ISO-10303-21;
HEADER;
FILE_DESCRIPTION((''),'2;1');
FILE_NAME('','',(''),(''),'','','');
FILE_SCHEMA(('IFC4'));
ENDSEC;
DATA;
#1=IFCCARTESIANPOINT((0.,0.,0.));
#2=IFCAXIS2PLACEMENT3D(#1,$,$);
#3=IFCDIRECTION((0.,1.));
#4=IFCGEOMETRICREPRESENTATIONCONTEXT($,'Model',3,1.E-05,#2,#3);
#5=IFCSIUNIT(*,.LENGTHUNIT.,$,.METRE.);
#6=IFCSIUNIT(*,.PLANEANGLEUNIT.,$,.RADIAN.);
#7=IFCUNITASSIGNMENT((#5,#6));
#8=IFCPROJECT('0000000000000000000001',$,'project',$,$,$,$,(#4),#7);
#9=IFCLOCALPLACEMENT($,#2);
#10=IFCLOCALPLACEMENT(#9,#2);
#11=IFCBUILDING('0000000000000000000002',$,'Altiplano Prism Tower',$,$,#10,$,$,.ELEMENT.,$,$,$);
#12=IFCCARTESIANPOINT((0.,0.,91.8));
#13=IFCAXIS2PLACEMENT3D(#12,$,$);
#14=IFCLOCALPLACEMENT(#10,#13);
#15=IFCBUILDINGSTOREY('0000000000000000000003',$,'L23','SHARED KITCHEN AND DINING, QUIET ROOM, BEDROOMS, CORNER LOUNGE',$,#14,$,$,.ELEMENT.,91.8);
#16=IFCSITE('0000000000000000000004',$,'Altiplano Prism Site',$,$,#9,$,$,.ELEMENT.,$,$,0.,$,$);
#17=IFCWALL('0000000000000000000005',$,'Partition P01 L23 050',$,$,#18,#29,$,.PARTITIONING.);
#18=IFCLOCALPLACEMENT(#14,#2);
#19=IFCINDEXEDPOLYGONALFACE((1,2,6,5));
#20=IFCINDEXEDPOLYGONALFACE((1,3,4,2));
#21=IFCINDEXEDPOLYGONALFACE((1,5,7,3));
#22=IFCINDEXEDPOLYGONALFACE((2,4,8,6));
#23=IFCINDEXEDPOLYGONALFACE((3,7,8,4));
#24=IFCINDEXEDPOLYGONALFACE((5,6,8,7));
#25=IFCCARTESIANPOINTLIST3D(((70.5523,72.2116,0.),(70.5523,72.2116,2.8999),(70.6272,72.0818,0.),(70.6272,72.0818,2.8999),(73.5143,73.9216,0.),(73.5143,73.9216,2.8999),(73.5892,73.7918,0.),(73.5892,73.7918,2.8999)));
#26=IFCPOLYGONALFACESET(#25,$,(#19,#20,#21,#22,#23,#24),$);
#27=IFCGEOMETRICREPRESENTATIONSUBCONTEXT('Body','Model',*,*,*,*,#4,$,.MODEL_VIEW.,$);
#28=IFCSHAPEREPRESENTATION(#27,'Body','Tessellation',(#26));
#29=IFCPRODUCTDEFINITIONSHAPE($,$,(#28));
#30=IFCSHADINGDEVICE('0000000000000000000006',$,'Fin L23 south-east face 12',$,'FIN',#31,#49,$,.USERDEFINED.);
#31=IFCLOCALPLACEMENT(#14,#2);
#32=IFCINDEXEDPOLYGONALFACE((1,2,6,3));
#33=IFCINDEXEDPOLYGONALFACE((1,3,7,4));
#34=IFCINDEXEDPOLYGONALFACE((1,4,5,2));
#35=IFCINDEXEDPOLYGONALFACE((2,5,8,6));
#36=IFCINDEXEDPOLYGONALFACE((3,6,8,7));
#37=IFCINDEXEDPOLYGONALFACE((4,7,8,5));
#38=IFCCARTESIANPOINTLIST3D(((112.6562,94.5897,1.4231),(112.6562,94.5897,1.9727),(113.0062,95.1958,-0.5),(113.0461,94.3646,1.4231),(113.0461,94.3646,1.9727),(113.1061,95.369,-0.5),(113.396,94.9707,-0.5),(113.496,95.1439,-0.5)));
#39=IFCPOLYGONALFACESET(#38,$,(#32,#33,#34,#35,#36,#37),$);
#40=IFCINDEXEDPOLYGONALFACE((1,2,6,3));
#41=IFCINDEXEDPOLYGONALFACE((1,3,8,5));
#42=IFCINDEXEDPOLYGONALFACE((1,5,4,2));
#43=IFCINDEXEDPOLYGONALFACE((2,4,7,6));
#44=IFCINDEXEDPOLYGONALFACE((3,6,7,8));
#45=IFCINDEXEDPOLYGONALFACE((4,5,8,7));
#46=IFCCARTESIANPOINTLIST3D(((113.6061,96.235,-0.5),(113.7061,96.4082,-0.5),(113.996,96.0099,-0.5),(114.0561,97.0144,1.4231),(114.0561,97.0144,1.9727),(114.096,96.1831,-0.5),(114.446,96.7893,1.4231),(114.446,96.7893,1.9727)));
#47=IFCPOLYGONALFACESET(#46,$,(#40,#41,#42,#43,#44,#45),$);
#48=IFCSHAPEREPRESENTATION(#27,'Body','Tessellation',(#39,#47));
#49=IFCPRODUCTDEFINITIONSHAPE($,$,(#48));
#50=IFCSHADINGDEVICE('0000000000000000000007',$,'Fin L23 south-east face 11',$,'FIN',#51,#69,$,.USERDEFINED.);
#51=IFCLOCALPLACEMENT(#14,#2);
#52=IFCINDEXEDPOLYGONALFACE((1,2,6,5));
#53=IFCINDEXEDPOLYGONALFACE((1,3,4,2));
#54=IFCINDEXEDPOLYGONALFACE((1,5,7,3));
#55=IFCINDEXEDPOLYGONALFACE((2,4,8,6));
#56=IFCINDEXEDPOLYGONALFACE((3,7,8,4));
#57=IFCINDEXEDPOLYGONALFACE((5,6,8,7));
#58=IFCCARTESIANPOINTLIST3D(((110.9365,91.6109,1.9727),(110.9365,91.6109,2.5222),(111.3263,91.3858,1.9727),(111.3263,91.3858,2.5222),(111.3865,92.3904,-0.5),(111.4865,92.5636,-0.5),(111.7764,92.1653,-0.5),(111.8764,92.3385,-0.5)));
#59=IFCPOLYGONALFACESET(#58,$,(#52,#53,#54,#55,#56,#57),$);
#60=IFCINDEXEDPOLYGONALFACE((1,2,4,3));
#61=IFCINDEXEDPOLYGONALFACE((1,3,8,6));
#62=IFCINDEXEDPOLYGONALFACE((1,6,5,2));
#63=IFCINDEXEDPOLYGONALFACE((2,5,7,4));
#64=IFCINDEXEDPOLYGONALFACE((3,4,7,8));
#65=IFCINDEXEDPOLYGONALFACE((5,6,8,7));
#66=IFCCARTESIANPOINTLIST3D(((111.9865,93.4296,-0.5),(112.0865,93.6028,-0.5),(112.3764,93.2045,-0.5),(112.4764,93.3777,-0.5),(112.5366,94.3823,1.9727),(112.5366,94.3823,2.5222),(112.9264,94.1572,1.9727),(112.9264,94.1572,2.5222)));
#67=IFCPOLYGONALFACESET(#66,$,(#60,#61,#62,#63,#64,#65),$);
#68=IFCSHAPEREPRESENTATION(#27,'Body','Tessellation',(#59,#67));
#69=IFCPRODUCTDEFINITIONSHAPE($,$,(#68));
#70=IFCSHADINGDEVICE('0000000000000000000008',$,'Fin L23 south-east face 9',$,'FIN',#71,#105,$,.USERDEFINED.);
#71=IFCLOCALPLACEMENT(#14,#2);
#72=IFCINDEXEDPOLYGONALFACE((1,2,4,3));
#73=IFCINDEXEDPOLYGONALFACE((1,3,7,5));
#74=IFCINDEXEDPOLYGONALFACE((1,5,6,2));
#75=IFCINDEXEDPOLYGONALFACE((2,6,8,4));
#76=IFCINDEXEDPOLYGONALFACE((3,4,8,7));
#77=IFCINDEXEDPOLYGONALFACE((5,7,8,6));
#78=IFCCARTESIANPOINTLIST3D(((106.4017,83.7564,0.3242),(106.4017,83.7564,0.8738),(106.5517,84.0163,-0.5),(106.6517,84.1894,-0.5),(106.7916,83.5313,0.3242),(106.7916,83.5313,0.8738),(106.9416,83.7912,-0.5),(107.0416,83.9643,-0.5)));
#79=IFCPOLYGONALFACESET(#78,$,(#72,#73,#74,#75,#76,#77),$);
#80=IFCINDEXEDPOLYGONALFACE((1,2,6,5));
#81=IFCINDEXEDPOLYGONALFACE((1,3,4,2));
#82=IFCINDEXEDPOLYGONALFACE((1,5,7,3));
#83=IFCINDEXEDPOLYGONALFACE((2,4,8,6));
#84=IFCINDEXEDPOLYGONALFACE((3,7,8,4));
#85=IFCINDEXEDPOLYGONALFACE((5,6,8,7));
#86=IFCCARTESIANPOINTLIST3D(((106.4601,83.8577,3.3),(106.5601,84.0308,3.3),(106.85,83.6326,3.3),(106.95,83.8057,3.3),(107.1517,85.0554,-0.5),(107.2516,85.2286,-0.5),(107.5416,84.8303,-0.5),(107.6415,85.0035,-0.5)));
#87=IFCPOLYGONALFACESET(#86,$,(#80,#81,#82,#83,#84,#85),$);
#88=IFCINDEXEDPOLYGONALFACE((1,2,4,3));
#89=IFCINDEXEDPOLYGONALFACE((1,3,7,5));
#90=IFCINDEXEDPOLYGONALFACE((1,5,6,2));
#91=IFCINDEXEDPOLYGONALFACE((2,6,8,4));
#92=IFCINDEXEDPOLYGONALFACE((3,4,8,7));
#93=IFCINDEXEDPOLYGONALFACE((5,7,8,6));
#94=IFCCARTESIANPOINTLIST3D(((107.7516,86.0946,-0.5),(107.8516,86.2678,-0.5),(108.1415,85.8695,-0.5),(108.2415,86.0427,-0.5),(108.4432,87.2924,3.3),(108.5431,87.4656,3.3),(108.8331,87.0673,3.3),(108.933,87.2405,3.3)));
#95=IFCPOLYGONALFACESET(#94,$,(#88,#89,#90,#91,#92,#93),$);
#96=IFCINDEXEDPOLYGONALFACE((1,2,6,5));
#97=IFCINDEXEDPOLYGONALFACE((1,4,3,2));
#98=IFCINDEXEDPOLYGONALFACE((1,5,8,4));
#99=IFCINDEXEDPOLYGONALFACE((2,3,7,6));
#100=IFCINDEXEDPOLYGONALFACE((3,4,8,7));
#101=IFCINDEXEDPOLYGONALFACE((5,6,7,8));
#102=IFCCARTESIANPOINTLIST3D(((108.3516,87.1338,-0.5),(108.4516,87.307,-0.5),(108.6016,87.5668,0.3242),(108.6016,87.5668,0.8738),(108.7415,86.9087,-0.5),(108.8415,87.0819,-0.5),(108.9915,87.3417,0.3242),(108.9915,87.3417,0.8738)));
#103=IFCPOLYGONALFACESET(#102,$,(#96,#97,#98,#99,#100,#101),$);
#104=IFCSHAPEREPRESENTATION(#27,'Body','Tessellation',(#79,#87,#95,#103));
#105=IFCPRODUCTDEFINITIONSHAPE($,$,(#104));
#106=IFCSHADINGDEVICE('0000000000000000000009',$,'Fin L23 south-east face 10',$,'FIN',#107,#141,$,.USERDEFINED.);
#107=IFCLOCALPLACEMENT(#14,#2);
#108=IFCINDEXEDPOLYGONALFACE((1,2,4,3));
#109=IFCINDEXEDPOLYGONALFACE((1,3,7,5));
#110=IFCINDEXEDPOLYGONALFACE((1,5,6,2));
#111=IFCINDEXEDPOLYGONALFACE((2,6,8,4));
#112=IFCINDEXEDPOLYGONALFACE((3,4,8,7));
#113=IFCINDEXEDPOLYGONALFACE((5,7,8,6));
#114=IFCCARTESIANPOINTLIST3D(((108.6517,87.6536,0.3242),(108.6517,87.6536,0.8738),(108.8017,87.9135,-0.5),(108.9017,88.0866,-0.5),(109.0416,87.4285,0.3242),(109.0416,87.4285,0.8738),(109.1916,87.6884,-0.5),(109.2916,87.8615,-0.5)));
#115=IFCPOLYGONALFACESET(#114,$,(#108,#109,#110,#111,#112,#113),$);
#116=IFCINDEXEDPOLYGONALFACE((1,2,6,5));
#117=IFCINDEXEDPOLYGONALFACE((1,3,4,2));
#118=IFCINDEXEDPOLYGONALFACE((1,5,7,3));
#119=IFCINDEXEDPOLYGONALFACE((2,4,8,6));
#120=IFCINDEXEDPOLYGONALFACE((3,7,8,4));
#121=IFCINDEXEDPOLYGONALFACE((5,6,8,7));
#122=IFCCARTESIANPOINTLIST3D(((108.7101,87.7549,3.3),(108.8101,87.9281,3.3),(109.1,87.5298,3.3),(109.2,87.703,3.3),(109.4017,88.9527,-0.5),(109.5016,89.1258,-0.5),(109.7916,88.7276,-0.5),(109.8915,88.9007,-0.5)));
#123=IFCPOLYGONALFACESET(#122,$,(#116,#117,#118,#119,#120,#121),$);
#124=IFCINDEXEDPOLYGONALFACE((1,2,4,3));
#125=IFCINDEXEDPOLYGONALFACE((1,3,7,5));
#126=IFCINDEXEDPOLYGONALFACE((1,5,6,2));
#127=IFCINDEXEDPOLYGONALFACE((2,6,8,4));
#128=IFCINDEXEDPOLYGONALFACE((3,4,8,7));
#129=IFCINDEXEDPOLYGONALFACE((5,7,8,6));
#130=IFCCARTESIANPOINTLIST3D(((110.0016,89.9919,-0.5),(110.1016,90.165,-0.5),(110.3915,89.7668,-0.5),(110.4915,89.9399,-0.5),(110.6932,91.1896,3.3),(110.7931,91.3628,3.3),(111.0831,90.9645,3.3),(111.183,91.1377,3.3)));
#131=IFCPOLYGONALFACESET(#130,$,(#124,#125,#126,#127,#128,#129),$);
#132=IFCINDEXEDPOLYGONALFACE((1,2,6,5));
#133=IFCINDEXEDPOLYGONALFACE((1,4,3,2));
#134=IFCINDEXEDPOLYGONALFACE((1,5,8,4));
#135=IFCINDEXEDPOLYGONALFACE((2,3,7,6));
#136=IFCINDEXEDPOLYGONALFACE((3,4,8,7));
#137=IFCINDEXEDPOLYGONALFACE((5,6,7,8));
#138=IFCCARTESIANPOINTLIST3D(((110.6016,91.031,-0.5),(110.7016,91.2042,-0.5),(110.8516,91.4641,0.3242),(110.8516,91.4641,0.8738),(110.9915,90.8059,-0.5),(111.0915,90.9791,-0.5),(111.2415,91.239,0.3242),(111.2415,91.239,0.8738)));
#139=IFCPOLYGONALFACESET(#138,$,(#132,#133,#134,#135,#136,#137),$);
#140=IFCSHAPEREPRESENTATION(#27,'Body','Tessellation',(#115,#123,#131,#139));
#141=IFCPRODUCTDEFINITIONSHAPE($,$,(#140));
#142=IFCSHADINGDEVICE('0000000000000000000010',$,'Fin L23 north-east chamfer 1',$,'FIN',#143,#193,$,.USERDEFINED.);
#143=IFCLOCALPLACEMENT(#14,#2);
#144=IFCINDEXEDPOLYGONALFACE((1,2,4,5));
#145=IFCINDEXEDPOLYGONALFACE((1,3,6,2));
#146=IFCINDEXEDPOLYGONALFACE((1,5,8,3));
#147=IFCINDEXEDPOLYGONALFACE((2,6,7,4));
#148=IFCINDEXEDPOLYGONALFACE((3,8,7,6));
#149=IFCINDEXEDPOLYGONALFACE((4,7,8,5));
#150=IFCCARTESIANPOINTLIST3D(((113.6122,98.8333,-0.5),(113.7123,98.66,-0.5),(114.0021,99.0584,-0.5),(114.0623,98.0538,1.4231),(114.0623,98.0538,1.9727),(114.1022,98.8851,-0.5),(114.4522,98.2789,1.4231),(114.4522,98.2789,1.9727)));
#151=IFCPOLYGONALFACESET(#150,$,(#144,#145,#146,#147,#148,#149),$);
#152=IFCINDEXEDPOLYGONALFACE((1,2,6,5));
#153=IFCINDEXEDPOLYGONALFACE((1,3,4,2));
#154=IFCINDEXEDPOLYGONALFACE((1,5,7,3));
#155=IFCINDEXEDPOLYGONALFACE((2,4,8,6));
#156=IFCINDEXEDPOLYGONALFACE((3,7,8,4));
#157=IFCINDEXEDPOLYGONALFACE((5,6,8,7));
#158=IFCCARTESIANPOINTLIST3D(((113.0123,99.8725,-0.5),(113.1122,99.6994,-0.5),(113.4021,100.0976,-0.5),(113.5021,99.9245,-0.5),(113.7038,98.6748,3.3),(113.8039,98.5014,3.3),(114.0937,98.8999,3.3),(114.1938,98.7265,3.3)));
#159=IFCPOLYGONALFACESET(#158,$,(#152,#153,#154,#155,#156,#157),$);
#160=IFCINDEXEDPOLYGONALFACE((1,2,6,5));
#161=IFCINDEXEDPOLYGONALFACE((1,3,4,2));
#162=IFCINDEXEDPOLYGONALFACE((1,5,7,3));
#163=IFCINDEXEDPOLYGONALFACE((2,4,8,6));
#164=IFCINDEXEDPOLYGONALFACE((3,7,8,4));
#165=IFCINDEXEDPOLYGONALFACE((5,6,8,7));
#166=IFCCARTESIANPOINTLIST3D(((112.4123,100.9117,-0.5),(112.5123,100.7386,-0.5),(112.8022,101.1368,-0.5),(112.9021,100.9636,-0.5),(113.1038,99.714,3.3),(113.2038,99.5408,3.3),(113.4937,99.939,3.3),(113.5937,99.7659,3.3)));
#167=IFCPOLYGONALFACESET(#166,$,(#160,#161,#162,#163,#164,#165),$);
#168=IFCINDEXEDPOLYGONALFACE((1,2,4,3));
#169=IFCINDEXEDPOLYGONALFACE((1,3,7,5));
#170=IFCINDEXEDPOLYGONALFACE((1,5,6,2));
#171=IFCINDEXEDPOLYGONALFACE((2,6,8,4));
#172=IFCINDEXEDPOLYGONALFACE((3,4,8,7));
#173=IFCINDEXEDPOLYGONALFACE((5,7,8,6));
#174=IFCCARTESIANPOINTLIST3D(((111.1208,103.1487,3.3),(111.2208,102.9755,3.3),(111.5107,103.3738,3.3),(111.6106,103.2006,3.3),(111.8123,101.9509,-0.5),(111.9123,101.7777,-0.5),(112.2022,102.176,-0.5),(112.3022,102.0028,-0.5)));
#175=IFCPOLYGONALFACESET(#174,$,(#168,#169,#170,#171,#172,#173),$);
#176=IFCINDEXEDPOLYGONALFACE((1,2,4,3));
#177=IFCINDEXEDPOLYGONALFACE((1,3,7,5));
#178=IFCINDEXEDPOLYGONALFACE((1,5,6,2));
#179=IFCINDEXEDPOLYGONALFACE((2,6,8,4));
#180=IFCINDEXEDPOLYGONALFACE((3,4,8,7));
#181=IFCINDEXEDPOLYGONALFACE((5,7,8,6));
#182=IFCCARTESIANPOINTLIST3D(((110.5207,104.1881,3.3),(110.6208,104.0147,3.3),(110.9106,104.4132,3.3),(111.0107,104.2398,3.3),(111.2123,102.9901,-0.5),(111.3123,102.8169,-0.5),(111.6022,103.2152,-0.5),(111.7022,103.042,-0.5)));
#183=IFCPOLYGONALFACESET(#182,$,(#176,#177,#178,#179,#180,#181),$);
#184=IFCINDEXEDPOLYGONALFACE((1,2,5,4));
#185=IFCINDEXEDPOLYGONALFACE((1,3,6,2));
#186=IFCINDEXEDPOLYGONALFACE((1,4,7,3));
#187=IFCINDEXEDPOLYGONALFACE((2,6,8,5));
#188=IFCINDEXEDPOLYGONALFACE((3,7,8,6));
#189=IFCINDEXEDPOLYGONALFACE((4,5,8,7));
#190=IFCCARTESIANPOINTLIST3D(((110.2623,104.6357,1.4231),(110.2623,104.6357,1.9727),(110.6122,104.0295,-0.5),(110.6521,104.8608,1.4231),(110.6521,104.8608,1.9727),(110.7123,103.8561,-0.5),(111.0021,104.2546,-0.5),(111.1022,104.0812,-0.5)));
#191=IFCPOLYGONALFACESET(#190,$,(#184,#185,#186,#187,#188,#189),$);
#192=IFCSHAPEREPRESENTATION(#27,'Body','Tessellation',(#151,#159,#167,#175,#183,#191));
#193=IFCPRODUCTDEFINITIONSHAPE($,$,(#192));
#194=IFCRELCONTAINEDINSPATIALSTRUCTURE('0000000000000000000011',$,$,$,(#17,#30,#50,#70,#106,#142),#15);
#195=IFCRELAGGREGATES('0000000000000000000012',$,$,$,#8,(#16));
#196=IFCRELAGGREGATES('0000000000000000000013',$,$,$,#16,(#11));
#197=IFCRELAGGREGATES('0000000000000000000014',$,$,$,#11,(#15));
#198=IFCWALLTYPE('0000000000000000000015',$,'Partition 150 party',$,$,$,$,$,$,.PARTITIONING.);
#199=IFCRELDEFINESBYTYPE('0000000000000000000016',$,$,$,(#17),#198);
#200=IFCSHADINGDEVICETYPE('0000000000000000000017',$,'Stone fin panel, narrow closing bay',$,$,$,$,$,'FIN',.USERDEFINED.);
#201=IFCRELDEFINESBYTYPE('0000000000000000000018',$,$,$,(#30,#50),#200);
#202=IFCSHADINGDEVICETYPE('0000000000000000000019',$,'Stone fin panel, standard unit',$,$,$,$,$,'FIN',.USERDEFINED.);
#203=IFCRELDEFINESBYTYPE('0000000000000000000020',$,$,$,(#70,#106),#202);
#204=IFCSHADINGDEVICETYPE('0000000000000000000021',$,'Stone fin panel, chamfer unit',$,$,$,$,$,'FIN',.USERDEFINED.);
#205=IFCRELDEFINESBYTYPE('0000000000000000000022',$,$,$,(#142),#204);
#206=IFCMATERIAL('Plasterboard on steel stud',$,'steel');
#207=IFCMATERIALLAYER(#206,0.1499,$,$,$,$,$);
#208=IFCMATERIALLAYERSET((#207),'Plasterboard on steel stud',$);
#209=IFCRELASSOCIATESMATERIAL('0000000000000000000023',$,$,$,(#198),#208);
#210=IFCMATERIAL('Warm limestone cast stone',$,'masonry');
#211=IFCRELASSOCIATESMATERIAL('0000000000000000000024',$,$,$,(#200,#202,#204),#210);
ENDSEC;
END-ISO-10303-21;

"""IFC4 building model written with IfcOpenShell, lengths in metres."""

from ifc_helpers import new_model, si_unit, direction, frame, frame_2d, origin, place, context, subcontext, project, spatial, polyline, rectangle, outline, extrude, source, transform, mapped, material, layer, layer_set, type_object, element, save


model = new_model("IFC4")

# Units and contexts
model_context = context("Model", 3, precision=1e-05, world=origin(), true_north=direction((0.0, 1.0)))
body_context = subcontext(model_context, "Body", "Model", "MODEL_VIEW")
ifc_project = project(units=[si_unit("LENGTHUNIT", "METRE"), si_unit("PLANEANGLEUNIT", "RADIAN")], contexts=[model_context])

# Site, building, storey
site_placement = place(None, origin())
site = spatial("IfcSite", under=ifc_project, at=site_placement, Name="Altiplano Prism Site", CompositionType="ELEMENT", RefElevation=0.0)
building_placement = place(site_placement, origin())
building = spatial("IfcBuilding", under=site, at=building_placement, Name="Altiplano Prism Tower", CompositionType="ELEMENT")
storey_placement = place(building_placement, frame((0.0, 0.0, 91.8)))
storey = spatial("IfcBuildingStorey", under=building, at=storey_placement, Name="L23", Description="SHARED KITCHEN AND DINING, QUIET ROOM, BEDROOMS, CORNER LOUNGE", CompositionType="ELEMENT", Elevation=91.8)

# Wall
ifc_material_1 = material(Name="Plasterboard on steel stud", Category="steel")
ifc_layer_1 = layer(ifc_material_1, 0.1499)
ifc_layer_set_1 = layer_set([ifc_layer_1], Name="Plasterboard on steel stud")
wall_type = type_object("IfcWallType", Name="Partition 150 party", PredefinedType="PARTITIONING", material=ifc_layer_set_1)
wall_placement = place(storey_placement, frame((70.5898, 72.1467, 0.0), z_axis=(0.0, 0.0, 1.0), x_axis=(0.866038, 0.499978, 0.0)))
element("IfcWall", 1, at=wall_placement, inside=storey, type_object=wall_type, Name="Partition P01 L23 050", PredefinedType="PARTITIONING", context=body_context, shape_type="SweptSolid", body=[
    extrude(rectangle(XDim=3.4202, YDim=0.1499, at=frame_2d((1.71, 0.0))), origin(), (0.0, 0.0, 1.0), 2.8999),
])

# Shading devices
ifc_material_2 = material(Name="Warm limestone cast stone", Category="masonry")
shading_device_type_1 = type_object("IfcShadingDeviceType", Name="Stone fin panel, narrow closing bay", ElementType="FIN", PredefinedType="USERDEFINED", material=ifc_material_2)
shared_shape_1 = source(origin(), body_context, "Body", "SweptSolid", [
    extrude(outline(polyline([(-1.3999, 2.4727), (-1.3999, 1.9231), (-0.7, 0.0), (-0.5, 0.0), (-1.3999, 2.4727)])), frame((0.0, -0.1499, 0.0), z_axis=(0.0, -1.0, 0.0), x_axis=(1.0, 0.0, 0.0)), (0.0, 0.0, 1.0), 0.4502),
    extrude(outline(polyline([(1.3999, 1.9231), (1.3999, 2.4727), (0.5, 0.0), (0.7, 0.0), (1.3999, 1.9231)])), frame((0.0, -0.1499, 0.0), z_axis=(0.0, -1.0, 0.0), x_axis=(1.0, 0.0, 0.0)), (0.0, 0.0, 1.0), 0.4502),
])
shading_device_1_placement = place(storey_placement, origin())
element("IfcShadingDevice", 2, at=shading_device_1_placement, inside=storey, type_object=shading_device_type_1, Name="Fin L23 south-east face 12", ObjectType="FIN", PredefinedType="USERDEFINED", context=body_context, shape_type="MappedRepresentation", body=[
    mapped(shared_shape_1, transform((113.2263, 95.877, -0.5), x_axis=(0.5, 0.866025, 0.0), y_axis=(-0.866025, 0.5, 0.0), z_axis=(0.0, 0.0, 1.0))),
])
shared_shape_2 = source(origin(), body_context, "Body", "SweptSolid", [
    extrude(outline(polyline([(-1.6001, 3.0222), (-1.6001, 2.4727), (-0.7, 0.0), (-0.5, 0.0), (-1.6001, 3.0222)])), frame((0.0, -0.1499, 0.0), z_axis=(0.0, -1.0, 0.0), x_axis=(1.0, 0.0, 0.0)), (0.0, 0.0, 1.0), 0.4502),
    extrude(outline(polyline([(1.6001, 2.4727), (1.6001, 3.0222), (0.5, 0.0), (0.7, 0.0), (1.6001, 2.4727)])), frame((0.0, -0.1499, 0.0), z_axis=(0.0, -1.0, 0.0), x_axis=(1.0, 0.0, 0.0)), (0.0, 0.0, 1.0), 0.4502),
])
shading_device_2_placement = place(storey_placement, origin())
element("IfcShadingDevice", 3, at=shading_device_2_placement, inside=storey, type_object=shading_device_type_1, Name="Fin L23 south-east face 11", ObjectType="FIN", PredefinedType="USERDEFINED", context=body_context, shape_type="MappedRepresentation", body=[
    mapped(shared_shape_2, transform((111.6067, 93.0715, -0.5), x_axis=(0.5, 0.866025, 0.0), y_axis=(-0.866025, 0.5, 0.0), z_axis=(0.0, 0.0, 1.0))),
])
shading_device_type_2 = type_object("IfcShadingDeviceType", Name="Stone fin panel, standard unit", ElementType="FIN", PredefinedType="USERDEFINED", material=ifc_material_2)
shared_shape_3 = source(origin(), body_context, "Body", "SweptSolid", [
    extrude(outline(polyline([(-2.2, 1.3738), (-2.2, 0.8242), (-1.8999, 0.0), (-1.7, 0.0), (-2.2, 1.3738)])), frame((0.0, -0.1499, 0.0), z_axis=(0.0, -1.0, 0.0), x_axis=(1.0, 0.0, 0.0)), (0.0, 0.0, 1.0), 0.4502),
    extrude(outline(polyline([(-2.083, 3.8), (-0.7, 0.0), (-0.5, 0.0), (-1.8831, 3.8), (-2.083, 3.8)])), frame((0.0, -0.1499, 0.0), z_axis=(0.0, -1.0, 0.0), x_axis=(1.0, 0.0, 0.0)), (0.0, 0.0, 1.0), 0.4502),
    extrude(outline(polyline([(1.8831, 3.8), (0.5, 0.0), (0.7, 0.0), (2.083, 3.8), (1.8831, 3.8)])), frame((0.0, -0.1499, 0.0), z_axis=(0.0, -1.0, 0.0), x_axis=(1.0, 0.0, 0.0)), (0.0, 0.0, 1.0), 0.4502),
    extrude(outline(polyline([(2.2, 0.8242), (2.2, 1.3738), (1.7, 0.0), (1.8999, 0.0), (2.2, 0.8242)])), frame((0.0, -0.1499, 0.0), z_axis=(0.0, -1.0, 0.0), x_axis=(1.0, 0.0, 0.0)), (0.0, 0.0, 1.0), 0.4502),
])
shading_device_3_placement = place(storey_placement, origin())
element("IfcShadingDevice", 4, at=shading_device_3_placement, inside=storey, type_object=shading_device_type_2, Name="Fin L23 south-east face 9", ObjectType="FIN", PredefinedType="USERDEFINED", context=body_context, shape_type="MappedRepresentation", body=[
    mapped(shared_shape_3, transform((107.3718, 85.7366, -0.5), x_axis=(0.5, 0.866025, 0.0), y_axis=(-0.866025, 0.5, 0.0), z_axis=(0.0, 0.0, 1.0))),
])
shading_device_4_placement = place(storey_placement, origin())
element("IfcShadingDevice", 5, at=shading_device_4_placement, inside=storey, type_object=shading_device_type_2, Name="Fin L23 south-east face 10", ObjectType="FIN", PredefinedType="USERDEFINED", context=body_context, shape_type="MappedRepresentation", body=[
    mapped(shared_shape_3, transform((109.6218, 89.6338, -0.5), x_axis=(0.5, 0.866025, 0.0), y_axis=(-0.866025, 0.5, 0.0), z_axis=(0.0, 0.0, 1.0))),
])
shading_device_type_3 = type_object("IfcShadingDeviceType", Name="Stone fin panel, chamfer unit", ElementType="FIN", PredefinedType="USERDEFINED", material=ifc_material_2)
shared_shape_4 = source(origin(), body_context, "Body", "SweptSolid", [
    extrude(outline(polyline([(-3.8, 2.4727), (-3.8, 1.9231), (-3.1001, 0.0), (-2.8999, 0.0), (-3.8, 2.4727)])), frame((0.0, -0.1499, 0.0), z_axis=(0.0, -1.0, 0.0), x_axis=(1.0, 0.0, 0.0)), (0.0, 0.0, 1.0), 0.4502),
    extrude(outline(polyline([(-3.2832, 3.8), (-1.8999, 0.0), (-1.7, 0.0), (-3.083, 3.8), (-3.2832, 3.8)])), frame((0.0, -0.1499, 0.0), z_axis=(0.0, -1.0, 0.0), x_axis=(1.0, 0.0, 0.0)), (0.0, 0.0, 1.0), 0.4502),
    extrude(outline(polyline([(-2.083, 3.8), (-0.7, 0.0), (-0.5, 0.0), (-1.8831, 3.8), (-2.083, 3.8)])), frame((0.0, -0.1499, 0.0), z_axis=(0.0, -1.0, 0.0), x_axis=(1.0, 0.0, 0.0)), (0.0, 0.0, 1.0), 0.4502),
    extrude(outline(polyline([(1.8831, 3.8), (0.5, 0.0), (0.7, 0.0), (2.083, 3.8), (1.8831, 3.8)])), frame((0.0, -0.1499, 0.0), z_axis=(0.0, -1.0, 0.0), x_axis=(1.0, 0.0, 0.0)), (0.0, 0.0, 1.0), 0.4502),
    extrude(outline(polyline([(3.083, 3.8), (1.7, 0.0), (1.8999, 0.0), (3.2832, 3.8), (3.083, 3.8)])), frame((0.0, -0.1499, 0.0), z_axis=(0.0, -1.0, 0.0), x_axis=(1.0, 0.0, 0.0)), (0.0, 0.0, 1.0), 0.4502),
    extrude(outline(polyline([(3.8, 1.9231), (3.8, 2.4727), (2.8999, 0.0), (3.1001, 0.0), (3.8, 1.9231)])), frame((0.0, -0.1499, 0.0), z_axis=(0.0, -1.0, 0.0), x_axis=(1.0, 0.0, 0.0)), (0.0, 0.0, 1.0), 0.4502),
])
shading_device_5_placement = place(storey_placement, origin())
element("IfcShadingDevice", 6, at=shading_device_5_placement, inside=storey, type_object=shading_device_type_3, Name="Fin L23 north-east chamfer 1", ObjectType="FIN", PredefinedType="USERDEFINED", context=body_context, shape_type="MappedRepresentation", body=[
    mapped(shared_shape_4, transform((112.0325, 101.2698, -0.5), x_axis=(-0.5, 0.866025, 0.0), y_axis=(-0.866025, -0.5, 0.0), z_axis=(0.0, 0.0, 1.0))),
])

save(model, "model.ifc")
